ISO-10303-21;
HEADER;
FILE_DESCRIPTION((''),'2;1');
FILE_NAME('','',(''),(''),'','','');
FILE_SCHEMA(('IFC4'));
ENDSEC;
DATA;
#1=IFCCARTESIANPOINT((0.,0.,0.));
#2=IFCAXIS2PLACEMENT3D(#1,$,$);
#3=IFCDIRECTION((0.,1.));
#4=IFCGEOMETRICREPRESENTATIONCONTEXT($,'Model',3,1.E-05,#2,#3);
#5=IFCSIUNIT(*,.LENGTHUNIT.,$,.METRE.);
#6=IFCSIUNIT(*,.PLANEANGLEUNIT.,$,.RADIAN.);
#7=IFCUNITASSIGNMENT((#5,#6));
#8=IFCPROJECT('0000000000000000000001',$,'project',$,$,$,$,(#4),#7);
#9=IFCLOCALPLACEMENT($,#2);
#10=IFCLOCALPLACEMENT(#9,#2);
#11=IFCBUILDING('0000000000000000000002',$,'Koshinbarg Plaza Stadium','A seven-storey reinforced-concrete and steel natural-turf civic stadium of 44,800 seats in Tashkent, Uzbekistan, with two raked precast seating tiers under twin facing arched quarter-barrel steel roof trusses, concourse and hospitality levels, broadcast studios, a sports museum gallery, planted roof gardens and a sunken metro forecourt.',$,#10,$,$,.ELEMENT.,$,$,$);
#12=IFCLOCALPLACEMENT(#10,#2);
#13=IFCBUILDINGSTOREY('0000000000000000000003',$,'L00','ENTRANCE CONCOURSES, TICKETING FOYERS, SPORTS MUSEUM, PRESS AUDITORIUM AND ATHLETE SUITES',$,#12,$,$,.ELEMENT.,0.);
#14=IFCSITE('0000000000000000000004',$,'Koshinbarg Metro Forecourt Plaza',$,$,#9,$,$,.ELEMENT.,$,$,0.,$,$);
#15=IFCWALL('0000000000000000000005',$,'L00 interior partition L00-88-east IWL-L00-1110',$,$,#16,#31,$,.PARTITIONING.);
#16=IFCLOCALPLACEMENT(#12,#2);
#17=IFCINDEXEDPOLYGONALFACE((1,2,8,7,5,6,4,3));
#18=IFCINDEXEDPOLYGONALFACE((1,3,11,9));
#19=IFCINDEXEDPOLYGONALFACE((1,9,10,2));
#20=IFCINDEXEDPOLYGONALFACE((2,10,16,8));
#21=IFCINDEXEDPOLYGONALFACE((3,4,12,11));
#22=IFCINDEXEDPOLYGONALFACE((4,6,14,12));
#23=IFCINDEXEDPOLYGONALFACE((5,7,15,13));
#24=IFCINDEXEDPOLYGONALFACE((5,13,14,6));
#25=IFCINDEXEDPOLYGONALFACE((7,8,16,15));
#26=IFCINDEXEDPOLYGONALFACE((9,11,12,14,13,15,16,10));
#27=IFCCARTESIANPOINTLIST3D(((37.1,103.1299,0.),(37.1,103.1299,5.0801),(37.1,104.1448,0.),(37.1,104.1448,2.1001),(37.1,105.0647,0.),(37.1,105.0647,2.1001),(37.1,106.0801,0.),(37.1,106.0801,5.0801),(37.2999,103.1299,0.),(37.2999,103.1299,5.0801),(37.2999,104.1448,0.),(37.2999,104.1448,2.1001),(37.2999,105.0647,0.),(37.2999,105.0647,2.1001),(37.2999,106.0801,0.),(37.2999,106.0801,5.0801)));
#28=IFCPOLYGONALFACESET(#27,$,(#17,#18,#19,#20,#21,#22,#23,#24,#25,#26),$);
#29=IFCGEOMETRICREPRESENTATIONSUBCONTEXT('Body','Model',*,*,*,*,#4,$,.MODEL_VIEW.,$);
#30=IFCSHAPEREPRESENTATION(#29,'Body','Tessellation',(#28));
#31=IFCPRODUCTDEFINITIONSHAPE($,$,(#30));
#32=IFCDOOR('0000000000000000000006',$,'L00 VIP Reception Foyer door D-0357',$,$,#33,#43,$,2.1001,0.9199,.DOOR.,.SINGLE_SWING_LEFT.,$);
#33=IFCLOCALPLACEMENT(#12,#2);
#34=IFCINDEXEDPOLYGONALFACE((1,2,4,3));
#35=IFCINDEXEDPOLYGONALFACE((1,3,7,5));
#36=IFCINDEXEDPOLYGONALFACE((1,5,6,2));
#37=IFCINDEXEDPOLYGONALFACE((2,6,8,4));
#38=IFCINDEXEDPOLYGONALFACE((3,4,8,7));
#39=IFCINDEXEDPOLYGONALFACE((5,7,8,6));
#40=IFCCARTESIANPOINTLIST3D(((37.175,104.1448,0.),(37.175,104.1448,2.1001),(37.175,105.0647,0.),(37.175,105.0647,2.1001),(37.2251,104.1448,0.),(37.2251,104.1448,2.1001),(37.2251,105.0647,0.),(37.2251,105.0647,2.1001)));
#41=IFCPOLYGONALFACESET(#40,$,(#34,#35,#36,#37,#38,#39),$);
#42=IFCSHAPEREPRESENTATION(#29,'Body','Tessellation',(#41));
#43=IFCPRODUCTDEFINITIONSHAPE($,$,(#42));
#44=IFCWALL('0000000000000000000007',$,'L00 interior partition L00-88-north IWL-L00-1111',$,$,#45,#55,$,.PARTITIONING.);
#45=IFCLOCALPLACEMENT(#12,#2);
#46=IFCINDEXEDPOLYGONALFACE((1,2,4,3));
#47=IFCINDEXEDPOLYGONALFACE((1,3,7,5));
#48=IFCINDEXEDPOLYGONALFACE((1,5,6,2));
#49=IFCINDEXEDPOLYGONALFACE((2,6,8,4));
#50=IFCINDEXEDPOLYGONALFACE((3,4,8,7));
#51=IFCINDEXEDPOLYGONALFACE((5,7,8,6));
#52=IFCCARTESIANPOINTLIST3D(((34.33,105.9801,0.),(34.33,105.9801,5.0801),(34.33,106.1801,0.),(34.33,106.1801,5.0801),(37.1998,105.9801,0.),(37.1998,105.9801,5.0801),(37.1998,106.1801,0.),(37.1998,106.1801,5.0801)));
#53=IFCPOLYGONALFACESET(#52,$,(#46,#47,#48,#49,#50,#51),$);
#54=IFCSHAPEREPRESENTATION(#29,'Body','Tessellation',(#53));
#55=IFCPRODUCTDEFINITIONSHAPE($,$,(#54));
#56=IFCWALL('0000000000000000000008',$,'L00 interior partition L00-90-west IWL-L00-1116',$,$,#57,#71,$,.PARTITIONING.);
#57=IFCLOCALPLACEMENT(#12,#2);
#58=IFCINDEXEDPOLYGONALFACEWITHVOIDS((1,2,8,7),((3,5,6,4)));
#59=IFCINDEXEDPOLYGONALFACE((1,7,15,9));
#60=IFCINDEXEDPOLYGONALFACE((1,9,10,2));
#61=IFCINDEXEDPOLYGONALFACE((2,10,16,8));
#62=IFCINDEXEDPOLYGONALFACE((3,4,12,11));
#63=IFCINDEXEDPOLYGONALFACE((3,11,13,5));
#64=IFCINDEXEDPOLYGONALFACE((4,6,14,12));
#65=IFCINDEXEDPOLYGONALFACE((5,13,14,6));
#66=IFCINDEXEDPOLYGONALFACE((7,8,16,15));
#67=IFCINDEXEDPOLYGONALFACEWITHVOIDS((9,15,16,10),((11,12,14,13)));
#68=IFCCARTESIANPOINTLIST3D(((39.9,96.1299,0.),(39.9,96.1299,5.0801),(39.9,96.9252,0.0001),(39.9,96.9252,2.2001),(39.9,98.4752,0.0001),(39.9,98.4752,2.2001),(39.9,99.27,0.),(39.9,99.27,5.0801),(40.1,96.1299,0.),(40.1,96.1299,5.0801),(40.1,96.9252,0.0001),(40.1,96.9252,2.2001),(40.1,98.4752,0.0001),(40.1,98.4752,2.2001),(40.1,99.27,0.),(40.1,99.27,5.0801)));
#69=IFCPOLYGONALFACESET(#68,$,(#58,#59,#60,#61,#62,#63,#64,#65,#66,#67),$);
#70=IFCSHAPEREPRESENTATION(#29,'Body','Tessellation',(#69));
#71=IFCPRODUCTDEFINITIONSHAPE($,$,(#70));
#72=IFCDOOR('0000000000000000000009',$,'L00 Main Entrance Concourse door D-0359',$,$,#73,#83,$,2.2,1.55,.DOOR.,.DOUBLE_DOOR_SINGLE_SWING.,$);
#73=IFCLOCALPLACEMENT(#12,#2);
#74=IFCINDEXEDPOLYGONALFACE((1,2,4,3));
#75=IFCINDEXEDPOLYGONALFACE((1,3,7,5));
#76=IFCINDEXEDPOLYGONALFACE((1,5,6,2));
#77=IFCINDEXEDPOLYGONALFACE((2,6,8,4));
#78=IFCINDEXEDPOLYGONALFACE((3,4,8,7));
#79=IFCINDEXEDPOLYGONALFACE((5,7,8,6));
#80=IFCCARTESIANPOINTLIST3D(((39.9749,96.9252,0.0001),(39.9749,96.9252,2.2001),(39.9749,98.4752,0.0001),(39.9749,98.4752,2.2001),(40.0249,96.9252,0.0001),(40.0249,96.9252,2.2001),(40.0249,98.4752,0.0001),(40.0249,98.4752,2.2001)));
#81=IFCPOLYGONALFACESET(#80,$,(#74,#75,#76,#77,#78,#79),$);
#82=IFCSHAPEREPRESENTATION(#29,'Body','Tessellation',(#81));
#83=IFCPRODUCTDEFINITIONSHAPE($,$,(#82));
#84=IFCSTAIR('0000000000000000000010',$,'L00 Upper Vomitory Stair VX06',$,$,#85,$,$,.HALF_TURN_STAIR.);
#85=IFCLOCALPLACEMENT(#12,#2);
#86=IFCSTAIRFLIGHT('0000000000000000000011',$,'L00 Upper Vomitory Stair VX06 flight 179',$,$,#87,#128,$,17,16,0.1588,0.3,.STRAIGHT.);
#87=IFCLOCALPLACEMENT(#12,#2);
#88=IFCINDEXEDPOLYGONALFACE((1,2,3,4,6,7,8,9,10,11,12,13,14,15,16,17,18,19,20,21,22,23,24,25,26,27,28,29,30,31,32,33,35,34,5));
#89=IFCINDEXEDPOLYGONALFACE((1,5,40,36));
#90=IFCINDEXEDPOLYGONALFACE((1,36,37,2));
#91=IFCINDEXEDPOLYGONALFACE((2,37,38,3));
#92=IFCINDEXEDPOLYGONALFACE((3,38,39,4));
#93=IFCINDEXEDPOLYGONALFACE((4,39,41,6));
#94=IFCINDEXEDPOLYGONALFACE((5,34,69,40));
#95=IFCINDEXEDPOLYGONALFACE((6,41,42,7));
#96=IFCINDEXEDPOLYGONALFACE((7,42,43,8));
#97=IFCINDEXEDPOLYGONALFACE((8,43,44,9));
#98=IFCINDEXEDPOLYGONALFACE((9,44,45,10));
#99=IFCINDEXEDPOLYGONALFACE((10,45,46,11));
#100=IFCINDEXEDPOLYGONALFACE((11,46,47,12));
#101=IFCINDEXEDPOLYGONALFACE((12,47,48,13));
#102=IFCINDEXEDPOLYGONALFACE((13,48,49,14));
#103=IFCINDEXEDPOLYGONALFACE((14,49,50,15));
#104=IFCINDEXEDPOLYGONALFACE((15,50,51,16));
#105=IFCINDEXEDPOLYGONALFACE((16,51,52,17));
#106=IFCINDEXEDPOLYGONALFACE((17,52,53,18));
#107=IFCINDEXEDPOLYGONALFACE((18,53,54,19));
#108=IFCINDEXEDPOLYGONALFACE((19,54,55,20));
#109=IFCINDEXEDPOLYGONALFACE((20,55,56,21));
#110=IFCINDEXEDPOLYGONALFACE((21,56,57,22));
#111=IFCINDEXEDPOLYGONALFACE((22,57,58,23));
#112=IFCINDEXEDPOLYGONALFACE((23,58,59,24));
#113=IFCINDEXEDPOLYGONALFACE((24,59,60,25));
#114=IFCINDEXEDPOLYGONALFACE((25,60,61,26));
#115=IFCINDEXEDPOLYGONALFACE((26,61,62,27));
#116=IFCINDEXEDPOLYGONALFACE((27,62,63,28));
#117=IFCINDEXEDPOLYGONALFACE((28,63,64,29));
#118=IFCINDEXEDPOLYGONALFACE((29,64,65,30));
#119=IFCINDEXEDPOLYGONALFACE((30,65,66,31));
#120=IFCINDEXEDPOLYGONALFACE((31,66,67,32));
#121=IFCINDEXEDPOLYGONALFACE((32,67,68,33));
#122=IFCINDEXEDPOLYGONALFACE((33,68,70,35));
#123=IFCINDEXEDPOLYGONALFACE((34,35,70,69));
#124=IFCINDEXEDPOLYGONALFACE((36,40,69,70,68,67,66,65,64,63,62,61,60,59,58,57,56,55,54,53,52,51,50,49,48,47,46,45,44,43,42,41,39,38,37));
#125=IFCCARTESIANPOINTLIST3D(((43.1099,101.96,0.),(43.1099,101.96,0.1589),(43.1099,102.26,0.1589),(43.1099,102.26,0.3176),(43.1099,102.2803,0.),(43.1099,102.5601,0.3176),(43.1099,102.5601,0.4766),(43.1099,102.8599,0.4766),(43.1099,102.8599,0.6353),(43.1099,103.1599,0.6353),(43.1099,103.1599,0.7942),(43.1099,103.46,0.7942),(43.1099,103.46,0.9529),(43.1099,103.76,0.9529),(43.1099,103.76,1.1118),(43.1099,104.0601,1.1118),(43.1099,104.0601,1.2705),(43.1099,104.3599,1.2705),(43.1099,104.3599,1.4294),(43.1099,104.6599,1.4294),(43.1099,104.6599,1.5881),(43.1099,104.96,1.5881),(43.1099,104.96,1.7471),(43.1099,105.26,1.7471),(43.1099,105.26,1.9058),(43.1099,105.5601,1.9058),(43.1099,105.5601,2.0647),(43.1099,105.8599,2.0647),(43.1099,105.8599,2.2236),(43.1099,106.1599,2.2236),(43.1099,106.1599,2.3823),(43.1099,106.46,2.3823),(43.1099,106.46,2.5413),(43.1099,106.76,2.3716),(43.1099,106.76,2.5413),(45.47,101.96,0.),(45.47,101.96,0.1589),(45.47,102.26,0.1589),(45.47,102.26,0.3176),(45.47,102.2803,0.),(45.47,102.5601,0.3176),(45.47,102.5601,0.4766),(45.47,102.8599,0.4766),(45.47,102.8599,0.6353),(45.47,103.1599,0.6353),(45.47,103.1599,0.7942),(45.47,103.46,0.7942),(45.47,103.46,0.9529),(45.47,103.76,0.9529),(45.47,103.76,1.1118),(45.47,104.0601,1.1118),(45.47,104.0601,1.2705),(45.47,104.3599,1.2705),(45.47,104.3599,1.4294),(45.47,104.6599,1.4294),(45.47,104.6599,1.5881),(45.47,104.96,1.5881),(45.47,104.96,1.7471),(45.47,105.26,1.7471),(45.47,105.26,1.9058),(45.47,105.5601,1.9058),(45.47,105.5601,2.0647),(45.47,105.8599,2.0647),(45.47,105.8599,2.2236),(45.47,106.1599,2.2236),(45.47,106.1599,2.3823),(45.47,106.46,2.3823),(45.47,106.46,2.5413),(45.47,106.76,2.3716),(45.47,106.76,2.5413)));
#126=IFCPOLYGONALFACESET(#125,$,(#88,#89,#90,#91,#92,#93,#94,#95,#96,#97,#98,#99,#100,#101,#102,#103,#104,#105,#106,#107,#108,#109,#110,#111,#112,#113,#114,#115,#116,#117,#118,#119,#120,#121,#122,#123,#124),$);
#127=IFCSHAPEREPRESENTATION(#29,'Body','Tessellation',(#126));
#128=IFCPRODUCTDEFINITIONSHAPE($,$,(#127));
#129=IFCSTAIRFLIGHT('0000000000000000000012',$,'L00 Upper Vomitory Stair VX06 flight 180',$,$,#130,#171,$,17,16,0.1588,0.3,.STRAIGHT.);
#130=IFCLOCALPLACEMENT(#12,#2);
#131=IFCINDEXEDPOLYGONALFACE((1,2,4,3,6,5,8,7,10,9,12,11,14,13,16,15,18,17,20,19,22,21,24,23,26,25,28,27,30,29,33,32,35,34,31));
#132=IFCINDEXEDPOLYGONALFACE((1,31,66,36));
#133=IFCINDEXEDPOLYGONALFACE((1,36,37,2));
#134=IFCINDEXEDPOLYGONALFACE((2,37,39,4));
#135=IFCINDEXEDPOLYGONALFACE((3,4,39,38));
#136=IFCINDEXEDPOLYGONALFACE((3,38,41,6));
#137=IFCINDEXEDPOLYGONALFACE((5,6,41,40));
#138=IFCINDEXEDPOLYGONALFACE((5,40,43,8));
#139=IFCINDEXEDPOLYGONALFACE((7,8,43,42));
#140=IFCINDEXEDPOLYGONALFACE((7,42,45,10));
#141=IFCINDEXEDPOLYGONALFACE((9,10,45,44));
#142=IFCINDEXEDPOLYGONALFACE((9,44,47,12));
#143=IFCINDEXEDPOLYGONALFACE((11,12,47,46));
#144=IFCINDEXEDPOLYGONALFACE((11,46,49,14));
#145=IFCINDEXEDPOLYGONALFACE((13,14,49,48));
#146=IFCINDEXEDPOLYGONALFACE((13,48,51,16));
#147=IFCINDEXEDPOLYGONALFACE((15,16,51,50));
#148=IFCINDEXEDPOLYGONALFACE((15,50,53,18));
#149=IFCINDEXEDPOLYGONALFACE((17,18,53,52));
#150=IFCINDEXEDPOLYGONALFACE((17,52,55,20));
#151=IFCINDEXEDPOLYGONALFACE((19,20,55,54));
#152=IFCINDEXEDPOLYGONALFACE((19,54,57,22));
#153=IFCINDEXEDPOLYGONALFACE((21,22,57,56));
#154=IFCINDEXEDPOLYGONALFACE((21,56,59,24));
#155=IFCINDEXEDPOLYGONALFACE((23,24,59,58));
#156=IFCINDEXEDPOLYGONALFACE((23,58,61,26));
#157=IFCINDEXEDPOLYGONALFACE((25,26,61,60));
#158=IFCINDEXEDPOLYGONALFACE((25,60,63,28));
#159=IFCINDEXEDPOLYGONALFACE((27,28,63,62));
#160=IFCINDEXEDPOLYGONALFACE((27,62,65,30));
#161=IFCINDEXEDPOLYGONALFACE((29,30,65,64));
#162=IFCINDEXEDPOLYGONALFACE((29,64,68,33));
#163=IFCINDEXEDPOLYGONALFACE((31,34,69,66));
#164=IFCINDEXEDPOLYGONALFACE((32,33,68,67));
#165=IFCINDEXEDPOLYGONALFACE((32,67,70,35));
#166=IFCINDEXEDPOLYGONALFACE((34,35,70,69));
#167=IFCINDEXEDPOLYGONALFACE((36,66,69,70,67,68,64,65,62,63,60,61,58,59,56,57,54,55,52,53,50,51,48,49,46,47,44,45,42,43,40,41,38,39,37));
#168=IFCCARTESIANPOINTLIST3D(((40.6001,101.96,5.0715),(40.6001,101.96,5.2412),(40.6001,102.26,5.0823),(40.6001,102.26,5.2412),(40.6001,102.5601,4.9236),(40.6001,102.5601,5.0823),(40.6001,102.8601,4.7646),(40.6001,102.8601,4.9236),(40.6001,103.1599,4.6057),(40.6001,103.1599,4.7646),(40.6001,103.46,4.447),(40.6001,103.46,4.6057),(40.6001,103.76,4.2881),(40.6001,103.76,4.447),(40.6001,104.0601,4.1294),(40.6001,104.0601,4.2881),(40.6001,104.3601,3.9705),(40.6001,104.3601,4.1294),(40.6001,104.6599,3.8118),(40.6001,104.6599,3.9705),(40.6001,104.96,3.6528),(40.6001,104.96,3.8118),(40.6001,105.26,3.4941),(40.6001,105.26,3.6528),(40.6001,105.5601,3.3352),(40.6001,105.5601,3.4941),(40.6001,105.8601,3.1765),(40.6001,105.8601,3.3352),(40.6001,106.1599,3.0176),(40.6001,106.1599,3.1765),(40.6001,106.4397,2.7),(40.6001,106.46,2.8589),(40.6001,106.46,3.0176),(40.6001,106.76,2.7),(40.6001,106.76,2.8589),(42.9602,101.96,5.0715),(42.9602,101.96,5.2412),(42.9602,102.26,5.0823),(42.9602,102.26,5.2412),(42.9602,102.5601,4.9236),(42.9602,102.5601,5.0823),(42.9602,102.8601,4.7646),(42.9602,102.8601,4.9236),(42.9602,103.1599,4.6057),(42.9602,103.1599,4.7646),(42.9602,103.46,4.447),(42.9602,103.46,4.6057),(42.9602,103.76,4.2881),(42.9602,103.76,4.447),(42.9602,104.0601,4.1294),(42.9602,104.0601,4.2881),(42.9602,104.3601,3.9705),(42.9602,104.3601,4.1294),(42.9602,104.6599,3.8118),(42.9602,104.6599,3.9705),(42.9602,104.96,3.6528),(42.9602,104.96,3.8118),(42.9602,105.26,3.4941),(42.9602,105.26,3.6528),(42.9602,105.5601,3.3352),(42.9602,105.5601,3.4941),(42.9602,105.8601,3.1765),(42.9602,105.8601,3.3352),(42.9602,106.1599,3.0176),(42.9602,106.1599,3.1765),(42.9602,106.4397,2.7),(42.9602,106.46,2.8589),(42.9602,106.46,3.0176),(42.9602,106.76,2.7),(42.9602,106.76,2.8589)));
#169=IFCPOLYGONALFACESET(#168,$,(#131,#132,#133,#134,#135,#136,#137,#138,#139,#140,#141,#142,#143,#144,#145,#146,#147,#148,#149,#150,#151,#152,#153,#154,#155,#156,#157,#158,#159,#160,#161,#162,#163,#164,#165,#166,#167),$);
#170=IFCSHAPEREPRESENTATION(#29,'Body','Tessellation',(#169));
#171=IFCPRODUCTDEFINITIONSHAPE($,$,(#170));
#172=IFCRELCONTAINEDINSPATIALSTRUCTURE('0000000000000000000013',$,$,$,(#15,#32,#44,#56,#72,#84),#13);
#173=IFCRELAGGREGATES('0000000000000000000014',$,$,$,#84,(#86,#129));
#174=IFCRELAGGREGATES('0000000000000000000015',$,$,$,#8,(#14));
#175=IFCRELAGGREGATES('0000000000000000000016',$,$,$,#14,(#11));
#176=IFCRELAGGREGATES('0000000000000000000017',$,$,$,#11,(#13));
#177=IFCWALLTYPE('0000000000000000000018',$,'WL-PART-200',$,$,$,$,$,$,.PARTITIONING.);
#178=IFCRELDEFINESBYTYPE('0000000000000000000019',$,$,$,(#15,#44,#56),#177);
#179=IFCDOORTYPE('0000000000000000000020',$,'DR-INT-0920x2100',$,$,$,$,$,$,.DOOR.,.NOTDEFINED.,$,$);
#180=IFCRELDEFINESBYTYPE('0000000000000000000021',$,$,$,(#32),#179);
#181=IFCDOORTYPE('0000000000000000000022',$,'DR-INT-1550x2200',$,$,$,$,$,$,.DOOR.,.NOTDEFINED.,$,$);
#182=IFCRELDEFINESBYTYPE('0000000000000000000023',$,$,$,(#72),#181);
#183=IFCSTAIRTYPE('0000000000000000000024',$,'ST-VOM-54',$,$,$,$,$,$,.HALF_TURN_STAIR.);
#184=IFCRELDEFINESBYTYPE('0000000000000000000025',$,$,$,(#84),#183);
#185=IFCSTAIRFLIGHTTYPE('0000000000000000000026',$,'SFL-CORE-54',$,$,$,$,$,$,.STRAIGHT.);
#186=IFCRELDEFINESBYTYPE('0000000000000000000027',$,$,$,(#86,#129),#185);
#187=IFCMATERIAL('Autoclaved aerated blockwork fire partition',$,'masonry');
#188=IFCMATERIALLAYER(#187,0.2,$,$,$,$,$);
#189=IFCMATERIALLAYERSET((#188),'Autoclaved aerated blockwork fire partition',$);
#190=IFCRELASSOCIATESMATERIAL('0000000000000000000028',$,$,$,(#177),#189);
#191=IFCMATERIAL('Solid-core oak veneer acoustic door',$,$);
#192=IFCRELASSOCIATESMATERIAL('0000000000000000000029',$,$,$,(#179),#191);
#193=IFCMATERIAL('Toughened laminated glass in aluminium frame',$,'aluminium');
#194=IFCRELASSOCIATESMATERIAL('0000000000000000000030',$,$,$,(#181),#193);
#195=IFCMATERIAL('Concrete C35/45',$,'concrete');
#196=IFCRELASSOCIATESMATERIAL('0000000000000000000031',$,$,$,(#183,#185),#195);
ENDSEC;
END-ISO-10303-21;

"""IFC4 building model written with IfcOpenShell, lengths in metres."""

from ifc_helpers import new_model, si_unit, direction, frame, frame_2d, origin, place, context, subcontext, project, spatial, polyline, rectangle, outline, extrude, material, layer, layer_set, type_object, element, fill, aggregate, save


model = new_model("IFC4")

# Units and contexts
model_context = context("Model", 3, precision=1e-05, world=origin(), true_north=direction((0.0, 1.0)))
body_context = subcontext(model_context, "Body", "Model", "MODEL_VIEW")
ifc_project = project(units=[si_unit("LENGTHUNIT", "METRE"), si_unit("PLANEANGLEUNIT", "RADIAN")], contexts=[model_context])

# Site, building, storey
site_placement = place(None, origin())
site = spatial("IfcSite", under=ifc_project, at=site_placement, Name="Koshinbarg Metro Forecourt Plaza", CompositionType="ELEMENT", RefElevation=0.0)
building_placement = place(site_placement, origin())
building = spatial("IfcBuilding", under=site, at=building_placement, Name="Koshinbarg Plaza Stadium", Description="A seven-storey reinforced-concrete and steel natural-turf civic stadium of 44,800 seats in Tashkent, Uzbekistan, with two raked precast seating tiers under twin facing arched quarter-barrel steel roof trusses, concourse and hospitality levels, broadcast studios, a sports museum gallery, planted roof gardens and a sunken metro forecourt.", CompositionType="ELEMENT")
storey_placement = place(building_placement, origin())
storey = spatial("IfcBuildingStorey", under=building, at=storey_placement, Name="L00", Description="ENTRANCE CONCOURSES, TICKETING FOYERS, SPORTS MUSEUM, PRESS AUDITORIUM AND ATHLETE SUITES", CompositionType="ELEMENT", Elevation=0.0)

# Shared definitions
ifc_material_1 = material(Name="Concrete C35/45", Category="concrete")

# Wall, opening, door
ifc_material_2 = material(Name="Autoclaved aerated blockwork fire partition", Category="masonry")
ifc_layer_1 = layer(ifc_material_2, 0.2)
ifc_layer_set_1 = layer_set([ifc_layer_1], Name="Autoclaved aerated blockwork fire partition")
wall_type_1 = type_object("IfcWallType", Name="WL-PART-200", PredefinedType="PARTITIONING", material=ifc_layer_set_1)
wall_1_placement = place(storey_placement, frame((37.2, 103.1299, 0.0), z_axis=(0.0, 0.0, 1.0), x_axis=(0.0, 1.0, 0.0)))
wall_1 = element("IfcWall", 1, at=wall_1_placement, inside=storey, type_object=wall_type_1, Name="L00 interior partition L00-88-east IWL-L00-1110", PredefinedType="PARTITIONING", context=body_context, shape_type="SweptSolid", body=[
    extrude(rectangle(XDim=2.9502, YDim=0.2, at=frame_2d((1.4751, 0.0))), origin(), (0.0, 0.0, 1.0), 5.0801),
])
opening_1_placement = place(wall_1_placement, frame((1.0149, 0.0, 0.0)))
opening_1 = element("IfcOpeningElement", 2, at=opening_1_placement, cuts=wall_1, PredefinedType="OPENING", context=body_context, shape_type="SweptSolid", body=[
    extrude(rectangle(XDim=0.9199, YDim=2.1001, at=frame_2d((0.46, 1.05))), frame((0.0, 0.1099, 0.0), z_axis=(0.0, -1.0, 0.0), x_axis=(1.0, 0.0, 0.0)), (0.0, 0.0, 1.0), 0.22),
])
ifc_material_3 = material(Name="Solid-core oak veneer acoustic door")
door_type_1 = type_object("IfcDoorType", Name="DR-INT-0920x2100", OperationType="NOTDEFINED", PredefinedType="DOOR", material=ifc_material_3)
door_1_placement = place(opening_1_placement, origin())
door_1 = element("IfcDoor", 3, at=door_1_placement, inside=storey, type_object=door_type_1, Name="L00 VIP Reception Foyer door D-0357", OperationType="SINGLE_SWING_LEFT", OverallHeight=2.1001, OverallWidth=0.9199, PredefinedType="DOOR", context=body_context, shape_type="SweptSolid", body=[
    extrude(rectangle(XDim=0.9199, YDim=2.1001, at=frame_2d((0.46, 1.05))), frame((0.0, 0.0249, 0.0), z_axis=(0.0, -1.0, 0.0), x_axis=(1.0, 0.0, 0.0)), (0.0, 0.0, 1.0), 0.05),
])
fill(opening_1, door_1)

# Wall
wall_2_placement = place(storey_placement, frame((37.2, 106.0801, 0.0), z_axis=(0.0, 0.0, 1.0), x_axis=(-1.0, 0.0, 0.0)))
element("IfcWall", 4, at=wall_2_placement, inside=storey, type_object=wall_type_1, Name="L00 interior partition L00-88-north IWL-L00-1111", PredefinedType="PARTITIONING", context=body_context, shape_type="SweptSolid", body=[
    extrude(rectangle(XDim=2.8699, YDim=0.2, at=frame_2d((1.4351, 0.0))), origin(), (0.0, 0.0, 1.0), 5.0801),
])

# Wall, opening, door
wall_3_placement = place(storey_placement, frame((40.0, 99.27, 0.0), z_axis=(0.0, 0.0, 1.0), x_axis=(0.0, -1.0, 0.0)))
wall_3 = element("IfcWall", 5, at=wall_3_placement, inside=storey, type_object=wall_type_1, Name="L00 interior partition L00-90-west IWL-L00-1116", PredefinedType="PARTITIONING", context=body_context, shape_type="SweptSolid", body=[
    extrude(rectangle(XDim=3.1401, YDim=0.2, at=frame_2d((1.5701, 0.0))), origin(), (0.0, 0.0, 1.0), 5.0801),
])
opening_2_placement = place(wall_3_placement, frame((0.7949, 0.0, 0.0)))
opening_2 = element("IfcOpeningElement", 6, at=opening_2_placement, cuts=wall_3, PredefinedType="OPENING", context=body_context, shape_type="SweptSolid", body=[
    extrude(rectangle(XDim=1.55, YDim=2.2, at=frame_2d((0.7749, 1.1001))), frame((0.0, 0.1099, 0.0), z_axis=(0.0, -1.0, 0.0), x_axis=(1.0, 0.0, 0.0)), (0.0, 0.0, 1.0), 0.22),
])
ifc_material_4 = material(Name="Toughened laminated glass in aluminium frame", Category="aluminium")
door_type_2 = type_object("IfcDoorType", Name="DR-INT-1550x2200", OperationType="NOTDEFINED", PredefinedType="DOOR", material=ifc_material_4)
door_2_placement = place(opening_2_placement, origin())
door_2 = element("IfcDoor", 7, at=door_2_placement, inside=storey, type_object=door_type_2, Name="L00 Main Entrance Concourse door D-0359", OperationType="DOUBLE_DOOR_SINGLE_SWING", OverallHeight=2.2, OverallWidth=1.55, PredefinedType="DOOR", context=body_context, shape_type="SweptSolid", body=[
    extrude(rectangle(XDim=1.55, YDim=2.2, at=frame_2d((0.7749, 1.1001))), frame((0.0, 0.0249, 0.0), z_axis=(0.0, -1.0, 0.0), x_axis=(1.0, 0.0, 0.0)), (0.0, 0.0, 1.0), 0.05),
])
fill(opening_2, door_2)

# Stair, stair flights
stair_type = type_object("IfcStairType", Name="ST-VOM-54", PredefinedType="HALF_TURN_STAIR", material=ifc_material_1)
stair_placement = place(storey_placement, origin())
stair = element("IfcStair", 8, at=stair_placement, inside=storey, type_object=stair_type, Name="L00 Upper Vomitory Stair VX06", PredefinedType="HALF_TURN_STAIR")
stair_flight_type = type_object("IfcStairFlightType", Name="SFL-CORE-54", PredefinedType="STRAIGHT", material=ifc_material_1)
stair_flight_1_placement = place(storey_placement, frame((44.29, 101.96, 0.0), z_axis=(0.0, 0.0, 1.0), x_axis=(0.0, 1.0, 0.0)))
stair_flight_1 = element("IfcStairFlight", 9, at=stair_flight_1_placement, type_object=stair_flight_type, Name="L00 Upper Vomitory Stair VX06 flight 179", NumberOfRisers=17, NumberOfTreads=16, PredefinedType="STRAIGHT", RiserHeight=0.1588, TreadLength=0.3, context=body_context, shape_type="SweptSolid", body=[
    extrude(outline(polyline([(0.0, 0.0), (0.0, 0.1589), (0.3, 0.1589), (0.3, 0.3176), (0.6001, 0.3176), (0.6001, 0.4766), (0.8999, 0.4766), (0.8999, 0.6353), (1.2, 0.6353), (1.2, 0.7942), (1.5, 0.7942), (1.5, 0.9529), (1.8, 0.9529), (1.8, 1.1118), (2.1001, 1.1118), (2.1001, 1.2705), (2.3999, 1.2705), (2.3999, 1.4294), (2.7, 1.4294), (2.7, 1.5881), (3.0, 1.5881), (3.0, 1.7471), (3.3, 1.7471), (3.3, 1.9058), (3.6001, 1.9058), (3.6001, 2.0647), (3.8999, 2.0647), (3.8999, 2.2236), (4.2, 2.2236), (4.2, 2.3823), (4.5, 2.3823), (4.5, 2.5413), (4.8, 2.5413), (4.8, 2.7), (4.8, 2.3716), (0.3203, 0.0), (0.0, 0.0)])), frame((0.0, 1.1802, 0.0), z_axis=(0.0, -1.0, 0.0), x_axis=(1.0, 0.0, 0.0)), (0.0, 0.0, 1.0), 2.3601),
])
stair_flight_2_placement = place(storey_placement, frame((41.78, 106.76, 2.7), z_axis=(0.0, 0.0, 1.0), x_axis=(0.0, -1.0, 0.0)))
stair_flight_2 = element("IfcStairFlight", 10, at=stair_flight_2_placement, type_object=stair_flight_type, Name="L00 Upper Vomitory Stair VX06 flight 180", NumberOfRisers=17, NumberOfTreads=16, PredefinedType="STRAIGHT", RiserHeight=0.1588, TreadLength=0.3, context=body_context, shape_type="SweptSolid", body=[
    extrude(outline(polyline([(0.0, 0.0), (0.0, 0.1589), (0.3, 0.1589), (0.3, 0.3176), (0.6001, 0.3176), (0.6001, 0.4766), (0.8999, 0.4766), (0.8999, 0.6353), (1.2, 0.6353), (1.2, 0.7942), (1.5, 0.7942), (1.5, 0.9529), (1.8, 0.9529), (1.8, 1.1118), (2.1001, 1.1118), (2.1001, 1.2705), (2.3999, 1.2705), (2.3999, 1.4294), (2.7, 1.4294), (2.7, 1.5881), (3.0, 1.5881), (3.0, 1.7471), (3.3, 1.7471), (3.3, 1.9058), (3.6001, 1.9058), (3.6001, 2.0647), (3.8999, 2.0647), (3.8999, 2.2236), (4.2, 2.2236), (4.2, 2.3823), (4.5, 2.3823), (4.5, 2.5413), (4.8, 2.5413), (4.8, 2.7), (4.8, 2.3716), (0.3203, 0.0), (0.0, 0.0)])), frame((0.0, 1.1802, 0.0), z_axis=(0.0, -1.0, 0.0), x_axis=(1.0, 0.0, 0.0)), (0.0, 0.0, 1.0), 2.3601),
])
aggregate(stair, [stair_flight_1, stair_flight_2])

save(model, "model.ifc")
